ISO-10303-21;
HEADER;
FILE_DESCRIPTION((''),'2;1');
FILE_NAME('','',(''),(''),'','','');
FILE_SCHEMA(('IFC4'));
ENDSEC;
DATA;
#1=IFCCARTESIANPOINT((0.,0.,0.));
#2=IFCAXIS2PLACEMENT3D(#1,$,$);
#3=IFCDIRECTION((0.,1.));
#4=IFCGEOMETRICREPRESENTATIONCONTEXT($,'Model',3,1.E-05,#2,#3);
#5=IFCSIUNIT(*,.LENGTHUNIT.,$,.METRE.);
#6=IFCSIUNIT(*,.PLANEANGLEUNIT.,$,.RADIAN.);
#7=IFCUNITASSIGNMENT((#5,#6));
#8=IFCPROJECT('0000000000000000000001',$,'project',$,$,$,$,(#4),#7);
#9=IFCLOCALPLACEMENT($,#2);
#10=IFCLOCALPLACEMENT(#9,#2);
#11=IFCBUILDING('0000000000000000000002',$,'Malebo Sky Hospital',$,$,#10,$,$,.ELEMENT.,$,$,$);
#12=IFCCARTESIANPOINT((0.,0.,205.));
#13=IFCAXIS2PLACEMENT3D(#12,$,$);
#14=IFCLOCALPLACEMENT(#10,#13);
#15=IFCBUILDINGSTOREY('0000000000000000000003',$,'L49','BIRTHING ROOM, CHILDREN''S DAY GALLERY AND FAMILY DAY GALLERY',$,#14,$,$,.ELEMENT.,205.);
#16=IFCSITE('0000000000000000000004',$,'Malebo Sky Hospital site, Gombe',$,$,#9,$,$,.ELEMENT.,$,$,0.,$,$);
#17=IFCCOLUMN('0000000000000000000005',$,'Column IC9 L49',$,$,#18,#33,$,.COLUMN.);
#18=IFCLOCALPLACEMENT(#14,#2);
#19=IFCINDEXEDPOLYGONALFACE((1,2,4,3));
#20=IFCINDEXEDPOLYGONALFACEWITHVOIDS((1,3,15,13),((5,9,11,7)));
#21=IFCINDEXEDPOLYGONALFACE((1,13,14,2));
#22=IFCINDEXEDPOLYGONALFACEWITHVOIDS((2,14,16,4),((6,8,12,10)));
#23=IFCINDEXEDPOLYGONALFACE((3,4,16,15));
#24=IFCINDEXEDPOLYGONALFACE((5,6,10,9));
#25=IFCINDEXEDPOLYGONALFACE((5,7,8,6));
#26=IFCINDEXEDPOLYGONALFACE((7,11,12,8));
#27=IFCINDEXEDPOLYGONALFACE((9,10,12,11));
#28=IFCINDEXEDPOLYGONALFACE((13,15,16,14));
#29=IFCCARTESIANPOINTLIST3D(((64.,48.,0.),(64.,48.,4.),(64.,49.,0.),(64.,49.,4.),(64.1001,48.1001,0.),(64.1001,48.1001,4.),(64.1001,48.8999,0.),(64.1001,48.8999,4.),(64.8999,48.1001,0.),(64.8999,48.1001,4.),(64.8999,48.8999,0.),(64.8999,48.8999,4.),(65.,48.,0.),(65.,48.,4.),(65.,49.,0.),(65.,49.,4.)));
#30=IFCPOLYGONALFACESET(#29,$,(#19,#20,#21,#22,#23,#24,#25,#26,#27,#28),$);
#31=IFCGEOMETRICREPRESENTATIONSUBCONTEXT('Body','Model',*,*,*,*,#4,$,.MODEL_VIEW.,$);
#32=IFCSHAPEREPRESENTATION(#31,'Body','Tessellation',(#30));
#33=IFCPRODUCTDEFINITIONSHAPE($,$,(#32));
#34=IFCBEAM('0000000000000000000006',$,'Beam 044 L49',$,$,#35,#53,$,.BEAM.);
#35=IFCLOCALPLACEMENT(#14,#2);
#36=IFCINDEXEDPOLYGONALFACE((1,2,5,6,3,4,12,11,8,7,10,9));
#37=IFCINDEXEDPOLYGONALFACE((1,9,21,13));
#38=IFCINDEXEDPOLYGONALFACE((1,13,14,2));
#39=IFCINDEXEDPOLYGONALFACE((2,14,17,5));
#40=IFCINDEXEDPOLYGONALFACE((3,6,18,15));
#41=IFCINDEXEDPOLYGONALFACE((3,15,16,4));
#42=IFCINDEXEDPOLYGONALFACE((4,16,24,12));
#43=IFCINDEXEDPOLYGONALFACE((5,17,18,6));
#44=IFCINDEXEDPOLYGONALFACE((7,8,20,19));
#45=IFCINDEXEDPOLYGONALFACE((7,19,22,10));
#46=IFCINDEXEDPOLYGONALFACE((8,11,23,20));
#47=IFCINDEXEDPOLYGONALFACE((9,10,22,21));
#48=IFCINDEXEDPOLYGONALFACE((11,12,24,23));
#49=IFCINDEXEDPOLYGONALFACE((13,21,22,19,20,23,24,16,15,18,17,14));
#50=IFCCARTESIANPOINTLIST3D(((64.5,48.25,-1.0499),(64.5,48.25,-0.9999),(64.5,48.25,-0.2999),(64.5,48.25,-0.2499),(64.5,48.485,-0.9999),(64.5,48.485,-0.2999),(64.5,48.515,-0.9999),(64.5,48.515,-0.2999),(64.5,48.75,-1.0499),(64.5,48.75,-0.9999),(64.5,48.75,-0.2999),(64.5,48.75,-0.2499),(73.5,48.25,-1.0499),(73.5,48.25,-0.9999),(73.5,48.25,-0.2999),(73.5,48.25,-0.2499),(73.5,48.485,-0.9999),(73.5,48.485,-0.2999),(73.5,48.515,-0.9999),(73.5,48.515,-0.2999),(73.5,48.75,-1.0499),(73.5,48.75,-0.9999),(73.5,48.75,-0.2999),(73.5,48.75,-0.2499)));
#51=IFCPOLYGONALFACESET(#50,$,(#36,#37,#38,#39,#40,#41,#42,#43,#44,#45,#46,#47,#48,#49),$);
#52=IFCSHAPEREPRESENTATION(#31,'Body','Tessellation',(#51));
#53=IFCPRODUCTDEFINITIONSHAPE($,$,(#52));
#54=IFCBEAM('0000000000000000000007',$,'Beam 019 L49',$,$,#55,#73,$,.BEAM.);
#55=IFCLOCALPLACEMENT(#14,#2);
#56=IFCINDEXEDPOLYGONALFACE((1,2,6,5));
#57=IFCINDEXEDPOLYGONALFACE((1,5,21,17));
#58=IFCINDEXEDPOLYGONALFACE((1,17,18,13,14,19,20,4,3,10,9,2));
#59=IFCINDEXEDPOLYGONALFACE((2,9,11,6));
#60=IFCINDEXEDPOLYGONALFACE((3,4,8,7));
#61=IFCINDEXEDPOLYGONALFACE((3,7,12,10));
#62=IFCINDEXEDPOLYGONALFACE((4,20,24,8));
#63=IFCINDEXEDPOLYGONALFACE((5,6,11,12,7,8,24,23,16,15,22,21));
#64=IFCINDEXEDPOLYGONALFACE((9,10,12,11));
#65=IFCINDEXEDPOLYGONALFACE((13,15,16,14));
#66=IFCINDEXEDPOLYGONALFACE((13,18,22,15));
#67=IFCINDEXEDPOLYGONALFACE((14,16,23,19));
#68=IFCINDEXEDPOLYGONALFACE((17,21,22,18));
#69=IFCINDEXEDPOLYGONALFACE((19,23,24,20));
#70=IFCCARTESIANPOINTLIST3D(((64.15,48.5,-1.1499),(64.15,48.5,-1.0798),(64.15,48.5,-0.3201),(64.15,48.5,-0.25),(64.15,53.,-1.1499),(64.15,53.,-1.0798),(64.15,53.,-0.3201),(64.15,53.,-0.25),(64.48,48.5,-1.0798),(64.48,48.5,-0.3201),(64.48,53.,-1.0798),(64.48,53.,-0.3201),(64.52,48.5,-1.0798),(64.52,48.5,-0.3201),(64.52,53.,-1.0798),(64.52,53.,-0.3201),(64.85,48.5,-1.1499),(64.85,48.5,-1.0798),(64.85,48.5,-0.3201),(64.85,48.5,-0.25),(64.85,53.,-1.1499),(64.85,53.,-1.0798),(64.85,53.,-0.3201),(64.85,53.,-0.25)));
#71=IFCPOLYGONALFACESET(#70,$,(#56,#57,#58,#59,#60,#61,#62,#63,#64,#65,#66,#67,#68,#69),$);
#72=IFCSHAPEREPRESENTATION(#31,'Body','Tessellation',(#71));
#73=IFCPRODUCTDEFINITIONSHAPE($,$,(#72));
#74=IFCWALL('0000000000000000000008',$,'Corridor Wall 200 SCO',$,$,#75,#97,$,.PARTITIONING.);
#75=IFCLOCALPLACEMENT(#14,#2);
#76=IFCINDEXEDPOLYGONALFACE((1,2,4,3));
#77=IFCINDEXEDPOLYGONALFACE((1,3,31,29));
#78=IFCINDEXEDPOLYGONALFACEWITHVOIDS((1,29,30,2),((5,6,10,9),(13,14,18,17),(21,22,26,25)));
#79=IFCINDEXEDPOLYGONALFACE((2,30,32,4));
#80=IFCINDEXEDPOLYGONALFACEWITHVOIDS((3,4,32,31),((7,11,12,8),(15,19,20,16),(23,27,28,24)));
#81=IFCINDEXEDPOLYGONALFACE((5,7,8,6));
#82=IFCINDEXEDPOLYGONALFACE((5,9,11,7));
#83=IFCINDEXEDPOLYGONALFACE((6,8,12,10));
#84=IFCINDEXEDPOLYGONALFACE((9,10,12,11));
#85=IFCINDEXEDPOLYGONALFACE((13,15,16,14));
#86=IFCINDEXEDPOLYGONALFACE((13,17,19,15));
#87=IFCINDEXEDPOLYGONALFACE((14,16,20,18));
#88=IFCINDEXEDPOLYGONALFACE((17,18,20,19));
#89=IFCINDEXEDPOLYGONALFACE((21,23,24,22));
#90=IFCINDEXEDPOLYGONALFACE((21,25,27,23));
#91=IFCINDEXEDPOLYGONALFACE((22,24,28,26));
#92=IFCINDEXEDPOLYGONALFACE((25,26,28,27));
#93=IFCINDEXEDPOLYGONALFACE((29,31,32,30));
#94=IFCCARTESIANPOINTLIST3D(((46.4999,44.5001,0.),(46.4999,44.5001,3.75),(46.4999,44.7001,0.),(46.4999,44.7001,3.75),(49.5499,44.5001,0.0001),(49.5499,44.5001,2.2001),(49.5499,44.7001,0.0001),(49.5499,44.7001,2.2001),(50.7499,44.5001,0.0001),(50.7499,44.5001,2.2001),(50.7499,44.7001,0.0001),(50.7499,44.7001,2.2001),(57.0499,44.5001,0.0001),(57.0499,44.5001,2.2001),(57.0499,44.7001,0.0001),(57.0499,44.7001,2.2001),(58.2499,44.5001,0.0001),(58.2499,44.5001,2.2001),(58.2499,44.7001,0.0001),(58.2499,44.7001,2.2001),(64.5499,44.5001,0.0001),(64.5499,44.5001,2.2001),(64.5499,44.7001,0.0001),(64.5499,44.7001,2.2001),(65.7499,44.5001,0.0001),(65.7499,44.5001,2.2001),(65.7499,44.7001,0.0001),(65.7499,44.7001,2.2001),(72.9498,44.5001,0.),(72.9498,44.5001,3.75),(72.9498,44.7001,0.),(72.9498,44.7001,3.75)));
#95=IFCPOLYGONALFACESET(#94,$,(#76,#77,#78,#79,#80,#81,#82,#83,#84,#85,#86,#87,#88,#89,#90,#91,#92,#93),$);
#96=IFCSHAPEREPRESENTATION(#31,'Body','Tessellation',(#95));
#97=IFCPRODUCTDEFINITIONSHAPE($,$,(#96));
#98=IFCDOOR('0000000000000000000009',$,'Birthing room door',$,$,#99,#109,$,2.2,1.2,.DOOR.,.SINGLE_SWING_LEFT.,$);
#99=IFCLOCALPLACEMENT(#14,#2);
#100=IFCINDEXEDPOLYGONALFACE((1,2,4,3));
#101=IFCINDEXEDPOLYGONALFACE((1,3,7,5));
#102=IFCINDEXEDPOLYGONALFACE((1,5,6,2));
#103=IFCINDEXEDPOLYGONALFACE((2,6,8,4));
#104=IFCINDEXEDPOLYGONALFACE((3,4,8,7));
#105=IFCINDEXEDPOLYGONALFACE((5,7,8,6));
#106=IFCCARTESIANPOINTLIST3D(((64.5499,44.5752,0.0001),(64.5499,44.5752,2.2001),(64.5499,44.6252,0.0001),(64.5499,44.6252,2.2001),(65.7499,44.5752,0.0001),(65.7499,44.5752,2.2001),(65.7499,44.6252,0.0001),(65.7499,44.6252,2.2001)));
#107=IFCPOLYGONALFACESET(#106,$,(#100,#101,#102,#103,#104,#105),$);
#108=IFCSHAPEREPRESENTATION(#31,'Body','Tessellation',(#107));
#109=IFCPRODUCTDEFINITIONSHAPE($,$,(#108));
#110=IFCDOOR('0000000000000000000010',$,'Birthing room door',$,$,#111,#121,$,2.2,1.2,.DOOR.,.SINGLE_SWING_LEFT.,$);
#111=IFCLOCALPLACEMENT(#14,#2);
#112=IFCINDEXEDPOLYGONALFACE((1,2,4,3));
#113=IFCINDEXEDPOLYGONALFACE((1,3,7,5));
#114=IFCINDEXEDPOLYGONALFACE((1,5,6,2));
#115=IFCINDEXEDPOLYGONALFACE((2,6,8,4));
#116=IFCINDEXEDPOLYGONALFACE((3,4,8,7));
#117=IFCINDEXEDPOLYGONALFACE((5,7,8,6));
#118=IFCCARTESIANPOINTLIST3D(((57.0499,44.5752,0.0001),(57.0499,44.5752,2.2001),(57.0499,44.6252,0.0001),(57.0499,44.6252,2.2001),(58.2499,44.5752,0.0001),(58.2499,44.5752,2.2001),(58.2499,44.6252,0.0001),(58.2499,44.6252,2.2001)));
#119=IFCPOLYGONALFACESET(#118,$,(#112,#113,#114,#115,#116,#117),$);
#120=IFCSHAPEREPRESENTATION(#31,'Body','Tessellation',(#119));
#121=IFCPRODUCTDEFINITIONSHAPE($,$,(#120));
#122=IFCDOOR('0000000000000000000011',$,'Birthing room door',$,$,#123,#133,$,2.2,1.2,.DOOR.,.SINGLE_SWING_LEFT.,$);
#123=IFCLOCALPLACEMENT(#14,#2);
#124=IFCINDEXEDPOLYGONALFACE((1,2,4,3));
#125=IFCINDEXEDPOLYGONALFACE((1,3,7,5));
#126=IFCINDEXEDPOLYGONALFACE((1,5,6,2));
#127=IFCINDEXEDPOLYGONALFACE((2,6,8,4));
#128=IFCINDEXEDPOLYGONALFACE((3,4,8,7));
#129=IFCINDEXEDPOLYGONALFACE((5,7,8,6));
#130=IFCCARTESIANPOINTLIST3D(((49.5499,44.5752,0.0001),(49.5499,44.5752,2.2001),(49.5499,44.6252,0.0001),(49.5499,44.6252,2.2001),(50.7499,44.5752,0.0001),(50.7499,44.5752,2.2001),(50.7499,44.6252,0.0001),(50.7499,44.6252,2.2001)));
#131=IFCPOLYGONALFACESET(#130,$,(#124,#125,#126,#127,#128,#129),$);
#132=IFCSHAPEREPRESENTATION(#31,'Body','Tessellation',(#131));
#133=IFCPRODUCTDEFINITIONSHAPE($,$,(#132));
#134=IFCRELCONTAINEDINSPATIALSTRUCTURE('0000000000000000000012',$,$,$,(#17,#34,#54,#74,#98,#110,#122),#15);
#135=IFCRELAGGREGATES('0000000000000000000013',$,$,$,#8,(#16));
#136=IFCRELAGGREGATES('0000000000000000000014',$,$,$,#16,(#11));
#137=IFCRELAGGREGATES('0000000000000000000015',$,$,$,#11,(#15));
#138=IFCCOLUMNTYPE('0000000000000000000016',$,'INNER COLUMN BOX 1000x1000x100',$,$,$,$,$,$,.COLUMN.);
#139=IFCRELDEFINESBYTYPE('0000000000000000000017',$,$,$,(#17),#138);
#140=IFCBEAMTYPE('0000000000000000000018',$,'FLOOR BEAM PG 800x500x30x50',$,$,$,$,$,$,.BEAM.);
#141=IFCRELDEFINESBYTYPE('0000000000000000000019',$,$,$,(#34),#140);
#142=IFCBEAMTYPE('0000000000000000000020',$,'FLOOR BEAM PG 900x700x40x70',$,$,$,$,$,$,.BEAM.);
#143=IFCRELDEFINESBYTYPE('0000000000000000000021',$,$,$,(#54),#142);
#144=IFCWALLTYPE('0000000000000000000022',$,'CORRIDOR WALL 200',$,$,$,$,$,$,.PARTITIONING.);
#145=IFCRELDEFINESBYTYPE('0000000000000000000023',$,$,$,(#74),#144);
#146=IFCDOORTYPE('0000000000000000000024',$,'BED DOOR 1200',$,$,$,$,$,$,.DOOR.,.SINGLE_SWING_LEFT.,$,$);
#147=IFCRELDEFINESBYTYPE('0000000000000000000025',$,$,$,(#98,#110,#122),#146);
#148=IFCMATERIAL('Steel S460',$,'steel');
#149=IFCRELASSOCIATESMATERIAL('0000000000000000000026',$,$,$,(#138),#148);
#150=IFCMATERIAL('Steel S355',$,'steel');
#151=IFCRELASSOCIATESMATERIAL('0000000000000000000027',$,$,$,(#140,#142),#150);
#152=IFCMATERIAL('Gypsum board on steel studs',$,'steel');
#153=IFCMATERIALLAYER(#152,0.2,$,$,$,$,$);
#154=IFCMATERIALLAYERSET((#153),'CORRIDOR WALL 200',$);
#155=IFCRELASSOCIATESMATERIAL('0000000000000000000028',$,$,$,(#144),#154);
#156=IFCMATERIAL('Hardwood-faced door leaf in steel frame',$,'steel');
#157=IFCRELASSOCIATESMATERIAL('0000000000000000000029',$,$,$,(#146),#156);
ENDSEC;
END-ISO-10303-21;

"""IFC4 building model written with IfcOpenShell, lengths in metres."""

from ifc_helpers import new_model, si_unit, direction, frame, frame_2d, origin, origin_2d, place, context, subcontext, project, spatial, rectangle, hollow_rectangle, i_section, extrude, material, layer, layer_set, material_profile, profile_set, type_object, element, fill, save


model = new_model("IFC4")

# Units and contexts
model_context = context("Model", 3, precision=1e-05, world=origin(), true_north=direction((0.0, 1.0)))
body_context = subcontext(model_context, "Body", "Model", "MODEL_VIEW")
ifc_project = project(units=[si_unit("LENGTHUNIT", "METRE"), si_unit("PLANEANGLEUNIT", "RADIAN")], contexts=[model_context])

# Site, building, storey
site_placement = place(None, origin())
site = spatial("IfcSite", under=ifc_project, at=site_placement, Name="Malebo Sky Hospital site, Gombe", CompositionType="ELEMENT", RefElevation=0.0)
building_placement = place(site_placement, origin())
building = spatial("IfcBuilding", under=site, at=building_placement, Name="Malebo Sky Hospital", CompositionType="ELEMENT")
storey_placement = place(building_placement, frame((0.0, 0.0, 205.0)))
storey = spatial("IfcBuildingStorey", under=building, at=storey_placement, Name="L49", Description="BIRTHING ROOM, CHILDREN'S DAY GALLERY AND FAMILY DAY GALLERY", CompositionType="ELEMENT", Elevation=205.0)

# Column
ifc_material_1 = material(Name="Steel S460", Category="steel")
ifc_material_profile_1 = material_profile(ifc_material_1, hollow_rectangle(XDim=1.0, YDim=1.0, WallThickness=0.1001, at=origin_2d()), Name="BOX 1000x1000x100")
ifc_profile_set_1 = profile_set([ifc_material_profile_1], Name="Steel S460")
column_type = type_object("IfcColumnType", Name="INNER COLUMN BOX 1000x1000x100", PredefinedType="COLUMN", material=ifc_profile_set_1)
column_placement = place(storey_placement, frame((64.5, 48.5, 0.0), z_axis=(0.0, 0.0, 1.0), x_axis=(1.0, 0.0, 0.0)))
element("IfcColumn", 1, at=column_placement, inside=storey, type_object=column_type, Name="Column IC9 L49", PredefinedType="COLUMN", context=body_context, shape_type="SweptSolid", body=[
    extrude(hollow_rectangle(XDim=1.0, YDim=1.0, WallThickness=0.1001, at=origin_2d()), origin(), (0.0, 0.0, 1.0), 4.0),
])

# Beams
ifc_material_2 = material(Name="Steel S355", Category="steel")
ifc_material_profile_2 = material_profile(ifc_material_2, i_section(OverallWidth=0.5, OverallDepth=0.8, WebThickness=0.03, FlangeThickness=0.05, at=origin_2d()), Name="PG 800x500x30x50")
ifc_profile_set_2 = profile_set([ifc_material_profile_2], Name="Steel S355")
beam_type_1 = type_object("IfcBeamType", Name="FLOOR BEAM PG 800x500x30x50", PredefinedType="BEAM", material=ifc_profile_set_2)
beam_1_placement = place(storey_placement, frame((64.5, 48.5, -0.6499), z_axis=(1.0, 0.0, 0.0), x_axis=(0.0, 1.0, 0.0)))
element("IfcBeam", 2, at=beam_1_placement, inside=storey, type_object=beam_type_1, Name="Beam 044 L49", PredefinedType="BEAM", context=body_context, shape_type="SweptSolid", body=[
    extrude(i_section(OverallWidth=0.5, OverallDepth=0.8, WebThickness=0.03, FlangeThickness=0.05, at=origin_2d()), origin(), (0.0, 0.0, 1.0), 9.0),
])
ifc_material_profile_3 = material_profile(ifc_material_2, i_section(OverallWidth=0.7, OverallDepth=0.8999, WebThickness=0.04, FlangeThickness=0.0701, at=origin_2d()), Name="PG 900x700x40x70")
ifc_profile_set_3 = profile_set([ifc_material_profile_3], Name="Steel S355")
beam_type_2 = type_object("IfcBeamType", Name="FLOOR BEAM PG 900x700x40x70", PredefinedType="BEAM", material=ifc_profile_set_3)
beam_2_placement = place(storey_placement, frame((64.5, 48.5, -0.7), z_axis=(0.0, 1.0, 0.0), x_axis=(-1.0, 0.0, 0.0)))
element("IfcBeam", 3, at=beam_2_placement, inside=storey, type_object=beam_type_2, Name="Beam 019 L49", PredefinedType="BEAM", context=body_context, shape_type="SweptSolid", body=[
    extrude(i_section(OverallWidth=0.7, OverallDepth=0.8999, WebThickness=0.04, FlangeThickness=0.0701, at=origin_2d()), origin(), (0.0, 0.0, 1.0), 4.5),
])

# Wall, openings, doors
ifc_material_3 = material(Name="Gypsum board on steel studs", Category="steel")
ifc_layer_1 = layer(ifc_material_3, 0.2)
ifc_layer_set_1 = layer_set([ifc_layer_1], Name="CORRIDOR WALL 200")
wall_type_1 = type_object("IfcWallType", Name="CORRIDOR WALL 200", PredefinedType="PARTITIONING", material=ifc_layer_set_1)
wall_1_placement = place(storey_placement, frame((72.95, 44.6001, 0.0), z_axis=(0.0, 0.0, 1.0), x_axis=(-1.0, 0.0, 0.0)))
wall_1 = element("IfcWall", 4, at=wall_1_placement, inside=storey, type_object=wall_type_1, Name="Corridor Wall 200 SCO", PredefinedType="PARTITIONING", context=body_context, shape_type="SweptSolid", body=[
    extrude(rectangle(XDim=26.45, YDim=0.2, at=frame_2d((13.2251, 0.0))), origin(), (0.0, 0.0, 1.0), 3.75),
])
opening_1_placement = place(wall_1_placement, frame((7.2, 0.0, 0.0)))
opening_1 = element("IfcOpeningElement", 5, at=opening_1_placement, cuts=wall_1, PredefinedType="OPENING", context=body_context, shape_type="SweptSolid", body=[
    extrude(rectangle(XDim=1.2, YDim=2.2, at=frame_2d((0.6001, 1.1001))), frame((0.0, 0.1099, 0.0), z_axis=(0.0, -1.0, 0.0), x_axis=(1.0, 0.0, 0.0)), (0.0, 0.0, 1.0), 0.22),
])
opening_2_placement = place(wall_1_placement, frame((14.7, 0.0, 0.0)))
opening_2 = element("IfcOpeningElement", 6, at=opening_2_placement, cuts=wall_1, PredefinedType="OPENING", context=body_context, shape_type="SweptSolid", body=[
    extrude(rectangle(XDim=1.2, YDim=2.2, at=frame_2d((0.6001, 1.1001))), frame((0.0, 0.1099, 0.0), z_axis=(0.0, -1.0, 0.0), x_axis=(1.0, 0.0, 0.0)), (0.0, 0.0, 1.0), 0.22),
])
opening_3_placement = place(wall_1_placement, frame((22.2, 0.0, 0.0)))
opening_3 = element("IfcOpeningElement", 7, at=opening_3_placement, cuts=wall_1, PredefinedType="OPENING", context=body_context, shape_type="SweptSolid", body=[
    extrude(rectangle(XDim=1.2, YDim=2.2, at=frame_2d((0.6001, 1.1001))), frame((0.0, 0.1099, 0.0), z_axis=(0.0, -1.0, 0.0), x_axis=(1.0, 0.0, 0.0)), (0.0, 0.0, 1.0), 0.22),
])
ifc_material_4 = material(Name="Hardwood-faced door leaf in steel frame", Category="steel")
door_type_1 = type_object("IfcDoorType", Name="BED DOOR 1200", OperationType="SINGLE_SWING_LEFT", PredefinedType="DOOR", material=ifc_material_4)
door_1_placement = place(opening_1_placement, origin())
door_1 = element("IfcDoor", 8, at=door_1_placement, inside=storey, type_object=door_type_1, Name="Birthing room door", OperationType="SINGLE_SWING_LEFT", OverallHeight=2.2, OverallWidth=1.2, PredefinedType="DOOR", context=body_context, shape_type="SweptSolid", body=[
    extrude(rectangle(XDim=1.2, YDim=2.2, at=frame_2d((0.6001, 1.1001))), frame((0.0, 0.0249, 0.0), z_axis=(0.0, -1.0, 0.0), x_axis=(1.0, 0.0, 0.0)), (0.0, 0.0, 1.0), 0.05),
])
fill(opening_1, door_1)
door_2_placement = place(opening_2_placement, origin())
door_2 = element("IfcDoor", 9, at=door_2_placement, inside=storey, type_object=door_type_1, Name="Birthing room door", OperationType="SINGLE_SWING_LEFT", OverallHeight=2.2, OverallWidth=1.2, PredefinedType="DOOR", context=body_context, shape_type="SweptSolid", body=[
    extrude(rectangle(XDim=1.2, YDim=2.2, at=frame_2d((0.6001, 1.1001))), frame((0.0, 0.0249, 0.0), z_axis=(0.0, -1.0, 0.0), x_axis=(1.0, 0.0, 0.0)), (0.0, 0.0, 1.0), 0.05),
])
fill(opening_2, door_2)
door_3_placement = place(opening_3_placement, origin())
door_3 = element("IfcDoor", 10, at=door_3_placement, inside=storey, type_object=door_type_1, Name="Birthing room door", OperationType="SINGLE_SWING_LEFT", OverallHeight=2.2, OverallWidth=1.2, PredefinedType="DOOR", context=body_context, shape_type="SweptSolid", body=[
    extrude(rectangle(XDim=1.2, YDim=2.2, at=frame_2d((0.6001, 1.1001))), frame((0.0, 0.0249, 0.0), z_axis=(0.0, -1.0, 0.0), x_axis=(1.0, 0.0, 0.0)), (0.0, 0.0, 1.0), 0.05),
])
fill(opening_3, door_3)

save(model, "model.ifc")
